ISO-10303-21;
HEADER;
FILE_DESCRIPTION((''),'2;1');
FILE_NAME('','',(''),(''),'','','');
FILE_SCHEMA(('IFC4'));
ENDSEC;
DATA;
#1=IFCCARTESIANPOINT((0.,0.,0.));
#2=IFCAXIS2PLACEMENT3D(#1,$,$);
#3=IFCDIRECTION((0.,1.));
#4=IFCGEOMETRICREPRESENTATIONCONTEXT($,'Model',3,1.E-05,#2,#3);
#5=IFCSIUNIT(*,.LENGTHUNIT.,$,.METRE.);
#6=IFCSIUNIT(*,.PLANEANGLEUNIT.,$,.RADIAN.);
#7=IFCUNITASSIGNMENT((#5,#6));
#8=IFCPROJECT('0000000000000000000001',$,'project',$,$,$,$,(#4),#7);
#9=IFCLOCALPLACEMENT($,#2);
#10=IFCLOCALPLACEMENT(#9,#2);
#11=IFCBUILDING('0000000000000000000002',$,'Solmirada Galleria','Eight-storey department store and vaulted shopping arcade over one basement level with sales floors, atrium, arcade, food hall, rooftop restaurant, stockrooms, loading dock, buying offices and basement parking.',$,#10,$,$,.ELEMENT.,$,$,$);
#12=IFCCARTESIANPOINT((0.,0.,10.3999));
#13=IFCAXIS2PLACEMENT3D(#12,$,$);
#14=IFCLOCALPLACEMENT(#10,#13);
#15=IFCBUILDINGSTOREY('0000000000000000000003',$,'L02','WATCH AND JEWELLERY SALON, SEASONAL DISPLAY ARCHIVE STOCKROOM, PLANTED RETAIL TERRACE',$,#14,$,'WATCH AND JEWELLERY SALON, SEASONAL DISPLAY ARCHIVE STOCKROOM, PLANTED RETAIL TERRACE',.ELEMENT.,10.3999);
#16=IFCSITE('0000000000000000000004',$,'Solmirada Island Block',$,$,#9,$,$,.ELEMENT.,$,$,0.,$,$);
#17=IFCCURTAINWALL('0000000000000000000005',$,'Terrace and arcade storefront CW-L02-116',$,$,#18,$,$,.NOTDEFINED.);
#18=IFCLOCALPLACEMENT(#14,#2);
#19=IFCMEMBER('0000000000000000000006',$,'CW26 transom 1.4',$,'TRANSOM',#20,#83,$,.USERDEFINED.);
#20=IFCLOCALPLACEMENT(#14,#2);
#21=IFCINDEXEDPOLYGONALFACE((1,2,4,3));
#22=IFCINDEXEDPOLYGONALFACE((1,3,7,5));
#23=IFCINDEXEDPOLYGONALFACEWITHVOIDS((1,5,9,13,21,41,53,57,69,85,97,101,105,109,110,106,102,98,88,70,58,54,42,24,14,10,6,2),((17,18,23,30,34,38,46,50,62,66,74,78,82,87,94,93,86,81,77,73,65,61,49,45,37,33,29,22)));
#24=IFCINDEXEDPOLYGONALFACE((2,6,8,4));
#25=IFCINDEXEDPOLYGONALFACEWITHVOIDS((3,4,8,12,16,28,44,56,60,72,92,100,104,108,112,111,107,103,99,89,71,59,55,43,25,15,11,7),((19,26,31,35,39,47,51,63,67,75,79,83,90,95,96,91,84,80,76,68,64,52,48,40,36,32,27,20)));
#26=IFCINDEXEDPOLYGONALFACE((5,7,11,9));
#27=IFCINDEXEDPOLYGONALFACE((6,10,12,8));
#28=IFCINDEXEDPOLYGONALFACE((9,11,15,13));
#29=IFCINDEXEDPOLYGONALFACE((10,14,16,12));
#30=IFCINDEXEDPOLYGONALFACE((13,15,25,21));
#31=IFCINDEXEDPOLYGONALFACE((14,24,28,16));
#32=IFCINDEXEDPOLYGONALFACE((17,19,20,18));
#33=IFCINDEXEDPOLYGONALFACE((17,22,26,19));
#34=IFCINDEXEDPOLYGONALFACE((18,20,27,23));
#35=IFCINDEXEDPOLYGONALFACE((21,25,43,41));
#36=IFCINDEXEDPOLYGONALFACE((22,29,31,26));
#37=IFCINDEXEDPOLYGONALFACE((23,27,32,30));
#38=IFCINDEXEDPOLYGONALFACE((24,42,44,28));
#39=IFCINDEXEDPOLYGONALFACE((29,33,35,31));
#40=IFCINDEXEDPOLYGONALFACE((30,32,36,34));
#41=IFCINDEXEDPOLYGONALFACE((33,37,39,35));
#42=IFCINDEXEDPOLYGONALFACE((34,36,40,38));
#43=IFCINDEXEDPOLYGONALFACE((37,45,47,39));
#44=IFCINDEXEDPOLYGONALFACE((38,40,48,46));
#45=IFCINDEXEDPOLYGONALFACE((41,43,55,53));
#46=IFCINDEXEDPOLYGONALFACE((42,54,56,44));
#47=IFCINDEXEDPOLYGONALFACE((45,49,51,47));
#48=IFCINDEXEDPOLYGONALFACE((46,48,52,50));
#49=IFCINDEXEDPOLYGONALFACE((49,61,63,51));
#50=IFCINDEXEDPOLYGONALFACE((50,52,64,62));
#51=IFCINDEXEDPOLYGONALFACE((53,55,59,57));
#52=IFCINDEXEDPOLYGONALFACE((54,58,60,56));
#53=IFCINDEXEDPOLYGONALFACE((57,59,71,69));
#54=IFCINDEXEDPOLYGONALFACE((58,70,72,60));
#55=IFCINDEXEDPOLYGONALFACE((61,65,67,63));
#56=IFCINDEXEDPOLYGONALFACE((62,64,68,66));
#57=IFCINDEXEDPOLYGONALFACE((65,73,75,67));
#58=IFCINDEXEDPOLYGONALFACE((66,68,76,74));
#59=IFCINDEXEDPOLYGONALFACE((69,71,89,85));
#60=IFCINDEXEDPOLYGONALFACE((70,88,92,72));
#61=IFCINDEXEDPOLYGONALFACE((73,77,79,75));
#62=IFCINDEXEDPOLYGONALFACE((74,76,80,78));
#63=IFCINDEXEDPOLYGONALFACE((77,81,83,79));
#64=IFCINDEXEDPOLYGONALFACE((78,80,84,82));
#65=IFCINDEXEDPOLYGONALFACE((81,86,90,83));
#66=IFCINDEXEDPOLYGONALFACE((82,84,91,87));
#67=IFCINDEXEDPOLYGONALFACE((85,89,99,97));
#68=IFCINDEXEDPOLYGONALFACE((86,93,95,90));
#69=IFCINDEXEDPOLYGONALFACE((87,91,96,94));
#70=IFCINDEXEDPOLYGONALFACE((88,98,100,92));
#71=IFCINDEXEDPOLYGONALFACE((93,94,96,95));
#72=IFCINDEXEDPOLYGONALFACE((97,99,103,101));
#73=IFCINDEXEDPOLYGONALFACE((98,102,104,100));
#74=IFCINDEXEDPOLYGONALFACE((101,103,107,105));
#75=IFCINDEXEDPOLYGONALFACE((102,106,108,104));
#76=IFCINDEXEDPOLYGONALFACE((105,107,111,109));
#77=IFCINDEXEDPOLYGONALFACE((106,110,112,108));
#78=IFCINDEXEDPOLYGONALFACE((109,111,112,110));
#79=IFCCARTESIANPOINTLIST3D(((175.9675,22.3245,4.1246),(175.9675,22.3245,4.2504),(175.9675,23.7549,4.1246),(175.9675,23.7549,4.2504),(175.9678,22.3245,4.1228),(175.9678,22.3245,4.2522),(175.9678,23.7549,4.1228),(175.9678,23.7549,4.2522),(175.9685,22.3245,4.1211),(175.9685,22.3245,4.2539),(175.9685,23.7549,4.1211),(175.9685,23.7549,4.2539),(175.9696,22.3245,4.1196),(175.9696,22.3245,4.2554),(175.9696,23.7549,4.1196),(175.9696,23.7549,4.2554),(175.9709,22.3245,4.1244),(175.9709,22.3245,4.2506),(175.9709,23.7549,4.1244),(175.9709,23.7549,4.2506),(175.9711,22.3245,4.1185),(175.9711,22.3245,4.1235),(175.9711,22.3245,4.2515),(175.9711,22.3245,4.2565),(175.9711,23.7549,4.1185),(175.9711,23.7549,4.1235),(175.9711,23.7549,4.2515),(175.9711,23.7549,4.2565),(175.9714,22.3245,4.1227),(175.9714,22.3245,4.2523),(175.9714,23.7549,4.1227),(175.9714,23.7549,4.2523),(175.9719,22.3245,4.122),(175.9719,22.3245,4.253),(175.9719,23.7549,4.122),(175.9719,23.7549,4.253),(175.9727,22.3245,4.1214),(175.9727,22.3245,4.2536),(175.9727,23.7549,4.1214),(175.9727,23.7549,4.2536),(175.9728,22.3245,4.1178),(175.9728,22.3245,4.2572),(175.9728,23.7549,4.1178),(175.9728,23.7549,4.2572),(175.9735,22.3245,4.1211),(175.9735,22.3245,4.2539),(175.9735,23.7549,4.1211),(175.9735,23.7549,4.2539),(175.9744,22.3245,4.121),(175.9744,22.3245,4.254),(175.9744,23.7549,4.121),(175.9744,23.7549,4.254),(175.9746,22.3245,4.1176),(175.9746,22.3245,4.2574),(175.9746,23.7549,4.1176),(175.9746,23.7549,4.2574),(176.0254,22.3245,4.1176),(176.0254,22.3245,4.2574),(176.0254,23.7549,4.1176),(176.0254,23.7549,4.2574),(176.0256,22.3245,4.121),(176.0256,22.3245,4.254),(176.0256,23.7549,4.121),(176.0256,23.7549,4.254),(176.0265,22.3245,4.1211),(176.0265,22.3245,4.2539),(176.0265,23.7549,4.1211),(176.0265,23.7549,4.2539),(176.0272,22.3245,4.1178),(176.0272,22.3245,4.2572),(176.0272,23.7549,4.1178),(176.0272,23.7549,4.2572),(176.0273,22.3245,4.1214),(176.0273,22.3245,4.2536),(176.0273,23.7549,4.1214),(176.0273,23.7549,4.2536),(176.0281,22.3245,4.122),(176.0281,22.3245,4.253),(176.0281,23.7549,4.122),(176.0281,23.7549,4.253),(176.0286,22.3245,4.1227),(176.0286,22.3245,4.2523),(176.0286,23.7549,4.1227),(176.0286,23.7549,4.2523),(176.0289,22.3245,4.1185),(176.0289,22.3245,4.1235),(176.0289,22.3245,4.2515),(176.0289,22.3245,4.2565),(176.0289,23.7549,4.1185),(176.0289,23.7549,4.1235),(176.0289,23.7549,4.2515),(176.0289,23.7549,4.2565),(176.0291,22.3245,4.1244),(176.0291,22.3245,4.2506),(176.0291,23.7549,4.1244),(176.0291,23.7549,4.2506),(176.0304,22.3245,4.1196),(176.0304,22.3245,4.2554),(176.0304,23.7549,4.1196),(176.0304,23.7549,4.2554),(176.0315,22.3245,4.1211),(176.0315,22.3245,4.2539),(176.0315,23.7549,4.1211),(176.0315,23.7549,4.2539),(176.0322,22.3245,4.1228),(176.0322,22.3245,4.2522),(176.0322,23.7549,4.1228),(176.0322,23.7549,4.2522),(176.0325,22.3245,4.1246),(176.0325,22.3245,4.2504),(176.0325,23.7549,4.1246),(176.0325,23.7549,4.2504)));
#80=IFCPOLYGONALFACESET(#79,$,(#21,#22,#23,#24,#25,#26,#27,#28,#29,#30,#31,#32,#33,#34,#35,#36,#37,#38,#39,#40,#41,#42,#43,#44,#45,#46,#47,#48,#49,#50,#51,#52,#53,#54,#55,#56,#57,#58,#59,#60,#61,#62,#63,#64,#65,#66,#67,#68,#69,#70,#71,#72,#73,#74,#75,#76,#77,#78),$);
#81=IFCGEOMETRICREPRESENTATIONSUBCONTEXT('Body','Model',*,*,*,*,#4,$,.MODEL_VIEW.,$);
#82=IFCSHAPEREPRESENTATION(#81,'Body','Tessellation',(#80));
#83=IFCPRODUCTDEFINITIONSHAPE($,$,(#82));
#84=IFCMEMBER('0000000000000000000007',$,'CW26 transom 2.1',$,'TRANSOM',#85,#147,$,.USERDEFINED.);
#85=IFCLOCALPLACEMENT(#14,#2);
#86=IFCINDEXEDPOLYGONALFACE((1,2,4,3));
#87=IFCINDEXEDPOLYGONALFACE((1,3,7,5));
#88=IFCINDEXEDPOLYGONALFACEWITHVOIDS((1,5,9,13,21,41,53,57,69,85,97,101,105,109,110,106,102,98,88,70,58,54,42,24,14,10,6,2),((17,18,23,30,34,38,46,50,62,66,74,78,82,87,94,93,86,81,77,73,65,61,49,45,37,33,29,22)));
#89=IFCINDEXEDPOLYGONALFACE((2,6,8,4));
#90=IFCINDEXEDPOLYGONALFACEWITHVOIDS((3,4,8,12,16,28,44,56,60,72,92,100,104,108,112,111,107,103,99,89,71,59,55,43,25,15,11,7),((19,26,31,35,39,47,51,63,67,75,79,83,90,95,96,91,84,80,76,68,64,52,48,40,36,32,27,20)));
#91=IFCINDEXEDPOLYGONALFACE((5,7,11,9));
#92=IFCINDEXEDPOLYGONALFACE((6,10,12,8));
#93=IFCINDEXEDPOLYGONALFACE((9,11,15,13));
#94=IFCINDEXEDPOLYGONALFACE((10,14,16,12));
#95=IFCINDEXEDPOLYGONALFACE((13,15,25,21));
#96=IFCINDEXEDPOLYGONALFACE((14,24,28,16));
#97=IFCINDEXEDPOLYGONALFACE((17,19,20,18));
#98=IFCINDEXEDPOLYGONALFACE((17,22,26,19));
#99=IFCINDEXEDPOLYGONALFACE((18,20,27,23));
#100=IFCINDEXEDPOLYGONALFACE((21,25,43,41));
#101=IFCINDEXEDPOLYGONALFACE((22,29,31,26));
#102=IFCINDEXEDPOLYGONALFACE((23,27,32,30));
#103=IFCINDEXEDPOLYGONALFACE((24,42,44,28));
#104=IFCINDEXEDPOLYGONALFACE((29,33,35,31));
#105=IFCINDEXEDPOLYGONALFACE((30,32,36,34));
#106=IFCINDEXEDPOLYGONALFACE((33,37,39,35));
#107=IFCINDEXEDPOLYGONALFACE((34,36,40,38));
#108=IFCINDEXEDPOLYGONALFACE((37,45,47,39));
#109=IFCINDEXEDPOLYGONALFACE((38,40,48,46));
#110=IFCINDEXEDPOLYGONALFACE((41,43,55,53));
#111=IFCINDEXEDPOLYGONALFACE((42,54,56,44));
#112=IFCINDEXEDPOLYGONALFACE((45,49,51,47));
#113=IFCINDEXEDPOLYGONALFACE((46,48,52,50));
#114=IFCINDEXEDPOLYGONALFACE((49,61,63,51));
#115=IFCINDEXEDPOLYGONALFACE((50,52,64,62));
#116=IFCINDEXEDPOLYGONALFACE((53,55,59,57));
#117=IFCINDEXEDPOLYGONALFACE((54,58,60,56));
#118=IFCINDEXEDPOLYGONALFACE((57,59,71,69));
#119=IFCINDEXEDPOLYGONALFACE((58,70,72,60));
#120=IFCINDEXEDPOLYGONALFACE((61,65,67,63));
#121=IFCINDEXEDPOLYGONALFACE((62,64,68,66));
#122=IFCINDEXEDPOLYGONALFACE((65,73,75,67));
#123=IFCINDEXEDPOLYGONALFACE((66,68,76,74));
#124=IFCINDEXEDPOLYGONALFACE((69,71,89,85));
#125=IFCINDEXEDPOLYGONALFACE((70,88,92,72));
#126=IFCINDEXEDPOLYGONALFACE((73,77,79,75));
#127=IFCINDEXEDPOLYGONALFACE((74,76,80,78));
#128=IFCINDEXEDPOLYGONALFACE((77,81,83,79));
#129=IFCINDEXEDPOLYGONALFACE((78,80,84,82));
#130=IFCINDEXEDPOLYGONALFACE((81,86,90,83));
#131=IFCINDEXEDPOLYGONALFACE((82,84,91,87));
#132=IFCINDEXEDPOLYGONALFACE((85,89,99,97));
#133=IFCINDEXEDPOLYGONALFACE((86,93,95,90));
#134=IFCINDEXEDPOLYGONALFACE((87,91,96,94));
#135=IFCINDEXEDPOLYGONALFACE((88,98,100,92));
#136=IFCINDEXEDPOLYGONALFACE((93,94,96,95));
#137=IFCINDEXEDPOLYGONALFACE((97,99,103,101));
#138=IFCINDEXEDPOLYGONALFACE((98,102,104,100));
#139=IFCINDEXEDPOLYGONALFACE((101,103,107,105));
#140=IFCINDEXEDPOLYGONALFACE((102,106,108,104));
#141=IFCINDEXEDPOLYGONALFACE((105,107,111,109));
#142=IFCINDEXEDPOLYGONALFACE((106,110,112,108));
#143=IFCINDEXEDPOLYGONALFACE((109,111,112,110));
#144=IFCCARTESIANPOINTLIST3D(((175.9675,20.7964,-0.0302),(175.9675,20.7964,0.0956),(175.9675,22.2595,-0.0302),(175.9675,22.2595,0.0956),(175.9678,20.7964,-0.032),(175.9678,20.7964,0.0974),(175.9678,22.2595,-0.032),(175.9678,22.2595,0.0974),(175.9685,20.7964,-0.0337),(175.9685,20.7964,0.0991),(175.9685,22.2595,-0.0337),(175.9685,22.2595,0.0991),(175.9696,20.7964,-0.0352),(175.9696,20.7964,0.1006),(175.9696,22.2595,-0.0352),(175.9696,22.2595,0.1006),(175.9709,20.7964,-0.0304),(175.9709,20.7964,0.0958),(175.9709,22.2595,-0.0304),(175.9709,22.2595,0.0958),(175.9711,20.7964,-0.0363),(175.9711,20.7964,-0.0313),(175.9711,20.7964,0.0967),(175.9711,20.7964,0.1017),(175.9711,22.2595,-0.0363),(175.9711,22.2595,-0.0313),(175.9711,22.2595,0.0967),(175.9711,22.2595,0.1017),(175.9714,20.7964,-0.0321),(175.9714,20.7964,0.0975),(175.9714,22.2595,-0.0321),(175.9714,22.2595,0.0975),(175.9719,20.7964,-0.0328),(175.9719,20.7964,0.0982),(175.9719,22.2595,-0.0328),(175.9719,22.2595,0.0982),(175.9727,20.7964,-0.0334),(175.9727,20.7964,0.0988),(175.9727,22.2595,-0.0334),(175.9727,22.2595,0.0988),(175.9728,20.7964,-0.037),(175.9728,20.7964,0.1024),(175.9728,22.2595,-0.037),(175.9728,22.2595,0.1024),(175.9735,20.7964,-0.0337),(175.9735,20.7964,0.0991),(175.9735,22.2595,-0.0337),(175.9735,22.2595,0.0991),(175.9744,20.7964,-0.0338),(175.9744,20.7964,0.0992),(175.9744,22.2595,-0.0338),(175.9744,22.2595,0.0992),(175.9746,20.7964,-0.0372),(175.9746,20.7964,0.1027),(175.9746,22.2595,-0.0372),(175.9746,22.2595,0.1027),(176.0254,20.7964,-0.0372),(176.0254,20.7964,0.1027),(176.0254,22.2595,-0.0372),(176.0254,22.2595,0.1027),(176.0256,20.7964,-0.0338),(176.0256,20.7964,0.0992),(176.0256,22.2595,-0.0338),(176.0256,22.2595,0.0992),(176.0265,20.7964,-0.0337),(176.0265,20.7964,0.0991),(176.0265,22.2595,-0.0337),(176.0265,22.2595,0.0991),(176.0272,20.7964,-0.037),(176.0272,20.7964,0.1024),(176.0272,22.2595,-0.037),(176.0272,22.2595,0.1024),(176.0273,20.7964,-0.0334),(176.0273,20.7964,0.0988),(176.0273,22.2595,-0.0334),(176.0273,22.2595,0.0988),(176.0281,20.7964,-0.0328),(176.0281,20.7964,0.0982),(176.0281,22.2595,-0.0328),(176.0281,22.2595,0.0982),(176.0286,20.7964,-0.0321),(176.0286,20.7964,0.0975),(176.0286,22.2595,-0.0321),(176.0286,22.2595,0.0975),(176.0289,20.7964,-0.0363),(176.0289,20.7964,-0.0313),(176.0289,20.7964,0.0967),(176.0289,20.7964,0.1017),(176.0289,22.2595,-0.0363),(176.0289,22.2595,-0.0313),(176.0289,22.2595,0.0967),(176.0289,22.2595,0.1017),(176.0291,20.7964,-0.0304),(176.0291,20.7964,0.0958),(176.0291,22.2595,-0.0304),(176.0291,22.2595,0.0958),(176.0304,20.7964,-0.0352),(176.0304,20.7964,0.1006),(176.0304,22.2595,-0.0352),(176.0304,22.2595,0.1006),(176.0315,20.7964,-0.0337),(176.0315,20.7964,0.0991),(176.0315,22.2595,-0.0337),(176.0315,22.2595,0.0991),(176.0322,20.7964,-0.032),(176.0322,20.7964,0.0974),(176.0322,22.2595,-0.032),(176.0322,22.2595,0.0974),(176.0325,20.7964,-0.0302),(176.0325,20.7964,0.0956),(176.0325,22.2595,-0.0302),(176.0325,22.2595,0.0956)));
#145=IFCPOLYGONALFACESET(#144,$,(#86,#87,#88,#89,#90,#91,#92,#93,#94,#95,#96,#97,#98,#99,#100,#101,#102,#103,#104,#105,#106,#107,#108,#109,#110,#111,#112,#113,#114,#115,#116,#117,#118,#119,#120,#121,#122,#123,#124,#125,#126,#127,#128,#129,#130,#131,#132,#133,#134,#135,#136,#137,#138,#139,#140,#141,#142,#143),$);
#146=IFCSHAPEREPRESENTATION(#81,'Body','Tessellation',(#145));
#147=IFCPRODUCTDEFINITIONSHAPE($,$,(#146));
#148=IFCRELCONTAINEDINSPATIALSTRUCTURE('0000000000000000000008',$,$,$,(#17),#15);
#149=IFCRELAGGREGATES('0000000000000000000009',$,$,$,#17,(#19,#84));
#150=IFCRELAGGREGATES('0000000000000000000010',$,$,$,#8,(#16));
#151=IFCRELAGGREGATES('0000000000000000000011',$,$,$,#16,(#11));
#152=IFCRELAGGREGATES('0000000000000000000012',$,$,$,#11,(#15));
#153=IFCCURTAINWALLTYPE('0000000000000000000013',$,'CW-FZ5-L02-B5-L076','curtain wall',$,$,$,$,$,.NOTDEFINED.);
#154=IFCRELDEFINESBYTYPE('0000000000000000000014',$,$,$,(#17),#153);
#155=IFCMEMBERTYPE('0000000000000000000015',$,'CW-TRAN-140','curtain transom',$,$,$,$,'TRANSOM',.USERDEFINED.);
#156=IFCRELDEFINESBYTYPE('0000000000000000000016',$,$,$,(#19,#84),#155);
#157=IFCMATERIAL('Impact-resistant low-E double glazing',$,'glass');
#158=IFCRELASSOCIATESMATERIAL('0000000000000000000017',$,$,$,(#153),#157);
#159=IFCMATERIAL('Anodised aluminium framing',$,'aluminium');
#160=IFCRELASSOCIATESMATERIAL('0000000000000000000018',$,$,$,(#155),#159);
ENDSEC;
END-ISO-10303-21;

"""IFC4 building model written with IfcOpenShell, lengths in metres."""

from ifc_helpers import new_model, si_unit, direction, frame, origin, origin_2d, place, context, subcontext, project, spatial, hollow_rectangle, extrude, material, material_profile, profile_set, type_object, element, aggregate, save


model = new_model("IFC4")

# Units and contexts
model_context = context("Model", 3, precision=1e-05, world=origin(), true_north=direction((0.0, 1.0)))
body_context = subcontext(model_context, "Body", "Model", "MODEL_VIEW")
ifc_project = project(units=[si_unit("LENGTHUNIT", "METRE"), si_unit("PLANEANGLEUNIT", "RADIAN")], contexts=[model_context])

# Site, building, storey
site_placement = place(None, origin())
site = spatial("IfcSite", under=ifc_project, at=site_placement, Name="Solmirada Island Block", CompositionType="ELEMENT", RefElevation=0.0)
building_placement = place(site_placement, origin())
building = spatial("IfcBuilding", under=site, at=building_placement, Name="Solmirada Galleria", Description="Eight-storey department store and vaulted shopping arcade over one basement level with sales floors, atrium, arcade, food hall, rooftop restaurant, stockrooms, loading dock, buying offices and basement parking.", CompositionType="ELEMENT")
storey_placement = place(building_placement, frame((0.0, 0.0, 10.3999)))
storey = spatial("IfcBuildingStorey", under=building, at=storey_placement, Name="L02", Description="WATCH AND JEWELLERY SALON, SEASONAL DISPLAY ARCHIVE STOCKROOM, PLANTED RETAIL TERRACE", LongName="WATCH AND JEWELLERY SALON, SEASONAL DISPLAY ARCHIVE STOCKROOM, PLANTED RETAIL TERRACE", CompositionType="ELEMENT", Elevation=10.3999)

# Curtain wall, members
ifc_material_1 = material(Name="Impact-resistant low-E double glazing", Category="glass")
curtain_wall_type = type_object("IfcCurtainWallType", Name="CW-FZ5-L02-B5-L076", Description="curtain wall", PredefinedType="NOTDEFINED", material=ifc_material_1)
curtain_wall_placement = place(storey_placement, origin())
curtain_wall = element("IfcCurtainWall", 1, at=curtain_wall_placement, inside=storey, type_object=curtain_wall_type, Name="Terrace and arcade storefront CW-L02-116", PredefinedType="NOTDEFINED")
ifc_material_2 = material(Name="Anodised aluminium framing", Category="aluminium")
ifc_material_profile_1 = material_profile(ifc_material_2, hollow_rectangle(XDim=0.0649, YDim=0.1399, WallThickness=0.0034, InnerFilletRadius=0.0034, OuterFilletRadius=0.0071, at=origin_2d()), Name="ALU-TRAN-140X65")
ifc_profile_set_1 = profile_set([ifc_material_profile_1], Name="Anodised aluminium framing")
member_type_1 = type_object("IfcMemberType", Name="CW-TRAN-140", Description="curtain transom", ElementType="TRANSOM", PredefinedType="USERDEFINED", material=ifc_profile_set_1)
member_1_placement = place(storey_placement, frame((176.0, 23.7549, 4.1875), z_axis=(0.0, -1.0, 0.0), x_axis=(1.0, 0.0, 0.0)))
member_1 = element("IfcMember", 2, at=member_1_placement, type_object=member_type_1, Name="CW26 transom 1.4", ObjectType="TRANSOM", PredefinedType="USERDEFINED", context=body_context, shape_type="SweptSolid", body=[
    extrude(hollow_rectangle(XDim=0.0649, YDim=0.1399, WallThickness=0.0034, InnerFilletRadius=0.0034, OuterFilletRadius=0.0071, at=origin_2d()), origin(), (0.0, 0.0, 1.0), 1.4304),
])
member_2_placement = place(storey_placement, frame((176.0, 22.2595, 0.0327), z_axis=(0.0, -1.0, 0.0), x_axis=(1.0, 0.0, 0.0)))
member_2 = element("IfcMember", 3, at=member_2_placement, type_object=member_type_1, Name="CW26 transom 2.1", ObjectType="TRANSOM", PredefinedType="USERDEFINED", context=body_context, shape_type="SweptSolid", body=[
    extrude(hollow_rectangle(XDim=0.0649, YDim=0.1399, WallThickness=0.0034, InnerFilletRadius=0.0034, OuterFilletRadius=0.0071, at=origin_2d()), origin(), (0.0, 0.0, 1.0), 1.4631),
])
aggregate(curtain_wall, [member_1, member_2])

save(model, "model.ifc")
